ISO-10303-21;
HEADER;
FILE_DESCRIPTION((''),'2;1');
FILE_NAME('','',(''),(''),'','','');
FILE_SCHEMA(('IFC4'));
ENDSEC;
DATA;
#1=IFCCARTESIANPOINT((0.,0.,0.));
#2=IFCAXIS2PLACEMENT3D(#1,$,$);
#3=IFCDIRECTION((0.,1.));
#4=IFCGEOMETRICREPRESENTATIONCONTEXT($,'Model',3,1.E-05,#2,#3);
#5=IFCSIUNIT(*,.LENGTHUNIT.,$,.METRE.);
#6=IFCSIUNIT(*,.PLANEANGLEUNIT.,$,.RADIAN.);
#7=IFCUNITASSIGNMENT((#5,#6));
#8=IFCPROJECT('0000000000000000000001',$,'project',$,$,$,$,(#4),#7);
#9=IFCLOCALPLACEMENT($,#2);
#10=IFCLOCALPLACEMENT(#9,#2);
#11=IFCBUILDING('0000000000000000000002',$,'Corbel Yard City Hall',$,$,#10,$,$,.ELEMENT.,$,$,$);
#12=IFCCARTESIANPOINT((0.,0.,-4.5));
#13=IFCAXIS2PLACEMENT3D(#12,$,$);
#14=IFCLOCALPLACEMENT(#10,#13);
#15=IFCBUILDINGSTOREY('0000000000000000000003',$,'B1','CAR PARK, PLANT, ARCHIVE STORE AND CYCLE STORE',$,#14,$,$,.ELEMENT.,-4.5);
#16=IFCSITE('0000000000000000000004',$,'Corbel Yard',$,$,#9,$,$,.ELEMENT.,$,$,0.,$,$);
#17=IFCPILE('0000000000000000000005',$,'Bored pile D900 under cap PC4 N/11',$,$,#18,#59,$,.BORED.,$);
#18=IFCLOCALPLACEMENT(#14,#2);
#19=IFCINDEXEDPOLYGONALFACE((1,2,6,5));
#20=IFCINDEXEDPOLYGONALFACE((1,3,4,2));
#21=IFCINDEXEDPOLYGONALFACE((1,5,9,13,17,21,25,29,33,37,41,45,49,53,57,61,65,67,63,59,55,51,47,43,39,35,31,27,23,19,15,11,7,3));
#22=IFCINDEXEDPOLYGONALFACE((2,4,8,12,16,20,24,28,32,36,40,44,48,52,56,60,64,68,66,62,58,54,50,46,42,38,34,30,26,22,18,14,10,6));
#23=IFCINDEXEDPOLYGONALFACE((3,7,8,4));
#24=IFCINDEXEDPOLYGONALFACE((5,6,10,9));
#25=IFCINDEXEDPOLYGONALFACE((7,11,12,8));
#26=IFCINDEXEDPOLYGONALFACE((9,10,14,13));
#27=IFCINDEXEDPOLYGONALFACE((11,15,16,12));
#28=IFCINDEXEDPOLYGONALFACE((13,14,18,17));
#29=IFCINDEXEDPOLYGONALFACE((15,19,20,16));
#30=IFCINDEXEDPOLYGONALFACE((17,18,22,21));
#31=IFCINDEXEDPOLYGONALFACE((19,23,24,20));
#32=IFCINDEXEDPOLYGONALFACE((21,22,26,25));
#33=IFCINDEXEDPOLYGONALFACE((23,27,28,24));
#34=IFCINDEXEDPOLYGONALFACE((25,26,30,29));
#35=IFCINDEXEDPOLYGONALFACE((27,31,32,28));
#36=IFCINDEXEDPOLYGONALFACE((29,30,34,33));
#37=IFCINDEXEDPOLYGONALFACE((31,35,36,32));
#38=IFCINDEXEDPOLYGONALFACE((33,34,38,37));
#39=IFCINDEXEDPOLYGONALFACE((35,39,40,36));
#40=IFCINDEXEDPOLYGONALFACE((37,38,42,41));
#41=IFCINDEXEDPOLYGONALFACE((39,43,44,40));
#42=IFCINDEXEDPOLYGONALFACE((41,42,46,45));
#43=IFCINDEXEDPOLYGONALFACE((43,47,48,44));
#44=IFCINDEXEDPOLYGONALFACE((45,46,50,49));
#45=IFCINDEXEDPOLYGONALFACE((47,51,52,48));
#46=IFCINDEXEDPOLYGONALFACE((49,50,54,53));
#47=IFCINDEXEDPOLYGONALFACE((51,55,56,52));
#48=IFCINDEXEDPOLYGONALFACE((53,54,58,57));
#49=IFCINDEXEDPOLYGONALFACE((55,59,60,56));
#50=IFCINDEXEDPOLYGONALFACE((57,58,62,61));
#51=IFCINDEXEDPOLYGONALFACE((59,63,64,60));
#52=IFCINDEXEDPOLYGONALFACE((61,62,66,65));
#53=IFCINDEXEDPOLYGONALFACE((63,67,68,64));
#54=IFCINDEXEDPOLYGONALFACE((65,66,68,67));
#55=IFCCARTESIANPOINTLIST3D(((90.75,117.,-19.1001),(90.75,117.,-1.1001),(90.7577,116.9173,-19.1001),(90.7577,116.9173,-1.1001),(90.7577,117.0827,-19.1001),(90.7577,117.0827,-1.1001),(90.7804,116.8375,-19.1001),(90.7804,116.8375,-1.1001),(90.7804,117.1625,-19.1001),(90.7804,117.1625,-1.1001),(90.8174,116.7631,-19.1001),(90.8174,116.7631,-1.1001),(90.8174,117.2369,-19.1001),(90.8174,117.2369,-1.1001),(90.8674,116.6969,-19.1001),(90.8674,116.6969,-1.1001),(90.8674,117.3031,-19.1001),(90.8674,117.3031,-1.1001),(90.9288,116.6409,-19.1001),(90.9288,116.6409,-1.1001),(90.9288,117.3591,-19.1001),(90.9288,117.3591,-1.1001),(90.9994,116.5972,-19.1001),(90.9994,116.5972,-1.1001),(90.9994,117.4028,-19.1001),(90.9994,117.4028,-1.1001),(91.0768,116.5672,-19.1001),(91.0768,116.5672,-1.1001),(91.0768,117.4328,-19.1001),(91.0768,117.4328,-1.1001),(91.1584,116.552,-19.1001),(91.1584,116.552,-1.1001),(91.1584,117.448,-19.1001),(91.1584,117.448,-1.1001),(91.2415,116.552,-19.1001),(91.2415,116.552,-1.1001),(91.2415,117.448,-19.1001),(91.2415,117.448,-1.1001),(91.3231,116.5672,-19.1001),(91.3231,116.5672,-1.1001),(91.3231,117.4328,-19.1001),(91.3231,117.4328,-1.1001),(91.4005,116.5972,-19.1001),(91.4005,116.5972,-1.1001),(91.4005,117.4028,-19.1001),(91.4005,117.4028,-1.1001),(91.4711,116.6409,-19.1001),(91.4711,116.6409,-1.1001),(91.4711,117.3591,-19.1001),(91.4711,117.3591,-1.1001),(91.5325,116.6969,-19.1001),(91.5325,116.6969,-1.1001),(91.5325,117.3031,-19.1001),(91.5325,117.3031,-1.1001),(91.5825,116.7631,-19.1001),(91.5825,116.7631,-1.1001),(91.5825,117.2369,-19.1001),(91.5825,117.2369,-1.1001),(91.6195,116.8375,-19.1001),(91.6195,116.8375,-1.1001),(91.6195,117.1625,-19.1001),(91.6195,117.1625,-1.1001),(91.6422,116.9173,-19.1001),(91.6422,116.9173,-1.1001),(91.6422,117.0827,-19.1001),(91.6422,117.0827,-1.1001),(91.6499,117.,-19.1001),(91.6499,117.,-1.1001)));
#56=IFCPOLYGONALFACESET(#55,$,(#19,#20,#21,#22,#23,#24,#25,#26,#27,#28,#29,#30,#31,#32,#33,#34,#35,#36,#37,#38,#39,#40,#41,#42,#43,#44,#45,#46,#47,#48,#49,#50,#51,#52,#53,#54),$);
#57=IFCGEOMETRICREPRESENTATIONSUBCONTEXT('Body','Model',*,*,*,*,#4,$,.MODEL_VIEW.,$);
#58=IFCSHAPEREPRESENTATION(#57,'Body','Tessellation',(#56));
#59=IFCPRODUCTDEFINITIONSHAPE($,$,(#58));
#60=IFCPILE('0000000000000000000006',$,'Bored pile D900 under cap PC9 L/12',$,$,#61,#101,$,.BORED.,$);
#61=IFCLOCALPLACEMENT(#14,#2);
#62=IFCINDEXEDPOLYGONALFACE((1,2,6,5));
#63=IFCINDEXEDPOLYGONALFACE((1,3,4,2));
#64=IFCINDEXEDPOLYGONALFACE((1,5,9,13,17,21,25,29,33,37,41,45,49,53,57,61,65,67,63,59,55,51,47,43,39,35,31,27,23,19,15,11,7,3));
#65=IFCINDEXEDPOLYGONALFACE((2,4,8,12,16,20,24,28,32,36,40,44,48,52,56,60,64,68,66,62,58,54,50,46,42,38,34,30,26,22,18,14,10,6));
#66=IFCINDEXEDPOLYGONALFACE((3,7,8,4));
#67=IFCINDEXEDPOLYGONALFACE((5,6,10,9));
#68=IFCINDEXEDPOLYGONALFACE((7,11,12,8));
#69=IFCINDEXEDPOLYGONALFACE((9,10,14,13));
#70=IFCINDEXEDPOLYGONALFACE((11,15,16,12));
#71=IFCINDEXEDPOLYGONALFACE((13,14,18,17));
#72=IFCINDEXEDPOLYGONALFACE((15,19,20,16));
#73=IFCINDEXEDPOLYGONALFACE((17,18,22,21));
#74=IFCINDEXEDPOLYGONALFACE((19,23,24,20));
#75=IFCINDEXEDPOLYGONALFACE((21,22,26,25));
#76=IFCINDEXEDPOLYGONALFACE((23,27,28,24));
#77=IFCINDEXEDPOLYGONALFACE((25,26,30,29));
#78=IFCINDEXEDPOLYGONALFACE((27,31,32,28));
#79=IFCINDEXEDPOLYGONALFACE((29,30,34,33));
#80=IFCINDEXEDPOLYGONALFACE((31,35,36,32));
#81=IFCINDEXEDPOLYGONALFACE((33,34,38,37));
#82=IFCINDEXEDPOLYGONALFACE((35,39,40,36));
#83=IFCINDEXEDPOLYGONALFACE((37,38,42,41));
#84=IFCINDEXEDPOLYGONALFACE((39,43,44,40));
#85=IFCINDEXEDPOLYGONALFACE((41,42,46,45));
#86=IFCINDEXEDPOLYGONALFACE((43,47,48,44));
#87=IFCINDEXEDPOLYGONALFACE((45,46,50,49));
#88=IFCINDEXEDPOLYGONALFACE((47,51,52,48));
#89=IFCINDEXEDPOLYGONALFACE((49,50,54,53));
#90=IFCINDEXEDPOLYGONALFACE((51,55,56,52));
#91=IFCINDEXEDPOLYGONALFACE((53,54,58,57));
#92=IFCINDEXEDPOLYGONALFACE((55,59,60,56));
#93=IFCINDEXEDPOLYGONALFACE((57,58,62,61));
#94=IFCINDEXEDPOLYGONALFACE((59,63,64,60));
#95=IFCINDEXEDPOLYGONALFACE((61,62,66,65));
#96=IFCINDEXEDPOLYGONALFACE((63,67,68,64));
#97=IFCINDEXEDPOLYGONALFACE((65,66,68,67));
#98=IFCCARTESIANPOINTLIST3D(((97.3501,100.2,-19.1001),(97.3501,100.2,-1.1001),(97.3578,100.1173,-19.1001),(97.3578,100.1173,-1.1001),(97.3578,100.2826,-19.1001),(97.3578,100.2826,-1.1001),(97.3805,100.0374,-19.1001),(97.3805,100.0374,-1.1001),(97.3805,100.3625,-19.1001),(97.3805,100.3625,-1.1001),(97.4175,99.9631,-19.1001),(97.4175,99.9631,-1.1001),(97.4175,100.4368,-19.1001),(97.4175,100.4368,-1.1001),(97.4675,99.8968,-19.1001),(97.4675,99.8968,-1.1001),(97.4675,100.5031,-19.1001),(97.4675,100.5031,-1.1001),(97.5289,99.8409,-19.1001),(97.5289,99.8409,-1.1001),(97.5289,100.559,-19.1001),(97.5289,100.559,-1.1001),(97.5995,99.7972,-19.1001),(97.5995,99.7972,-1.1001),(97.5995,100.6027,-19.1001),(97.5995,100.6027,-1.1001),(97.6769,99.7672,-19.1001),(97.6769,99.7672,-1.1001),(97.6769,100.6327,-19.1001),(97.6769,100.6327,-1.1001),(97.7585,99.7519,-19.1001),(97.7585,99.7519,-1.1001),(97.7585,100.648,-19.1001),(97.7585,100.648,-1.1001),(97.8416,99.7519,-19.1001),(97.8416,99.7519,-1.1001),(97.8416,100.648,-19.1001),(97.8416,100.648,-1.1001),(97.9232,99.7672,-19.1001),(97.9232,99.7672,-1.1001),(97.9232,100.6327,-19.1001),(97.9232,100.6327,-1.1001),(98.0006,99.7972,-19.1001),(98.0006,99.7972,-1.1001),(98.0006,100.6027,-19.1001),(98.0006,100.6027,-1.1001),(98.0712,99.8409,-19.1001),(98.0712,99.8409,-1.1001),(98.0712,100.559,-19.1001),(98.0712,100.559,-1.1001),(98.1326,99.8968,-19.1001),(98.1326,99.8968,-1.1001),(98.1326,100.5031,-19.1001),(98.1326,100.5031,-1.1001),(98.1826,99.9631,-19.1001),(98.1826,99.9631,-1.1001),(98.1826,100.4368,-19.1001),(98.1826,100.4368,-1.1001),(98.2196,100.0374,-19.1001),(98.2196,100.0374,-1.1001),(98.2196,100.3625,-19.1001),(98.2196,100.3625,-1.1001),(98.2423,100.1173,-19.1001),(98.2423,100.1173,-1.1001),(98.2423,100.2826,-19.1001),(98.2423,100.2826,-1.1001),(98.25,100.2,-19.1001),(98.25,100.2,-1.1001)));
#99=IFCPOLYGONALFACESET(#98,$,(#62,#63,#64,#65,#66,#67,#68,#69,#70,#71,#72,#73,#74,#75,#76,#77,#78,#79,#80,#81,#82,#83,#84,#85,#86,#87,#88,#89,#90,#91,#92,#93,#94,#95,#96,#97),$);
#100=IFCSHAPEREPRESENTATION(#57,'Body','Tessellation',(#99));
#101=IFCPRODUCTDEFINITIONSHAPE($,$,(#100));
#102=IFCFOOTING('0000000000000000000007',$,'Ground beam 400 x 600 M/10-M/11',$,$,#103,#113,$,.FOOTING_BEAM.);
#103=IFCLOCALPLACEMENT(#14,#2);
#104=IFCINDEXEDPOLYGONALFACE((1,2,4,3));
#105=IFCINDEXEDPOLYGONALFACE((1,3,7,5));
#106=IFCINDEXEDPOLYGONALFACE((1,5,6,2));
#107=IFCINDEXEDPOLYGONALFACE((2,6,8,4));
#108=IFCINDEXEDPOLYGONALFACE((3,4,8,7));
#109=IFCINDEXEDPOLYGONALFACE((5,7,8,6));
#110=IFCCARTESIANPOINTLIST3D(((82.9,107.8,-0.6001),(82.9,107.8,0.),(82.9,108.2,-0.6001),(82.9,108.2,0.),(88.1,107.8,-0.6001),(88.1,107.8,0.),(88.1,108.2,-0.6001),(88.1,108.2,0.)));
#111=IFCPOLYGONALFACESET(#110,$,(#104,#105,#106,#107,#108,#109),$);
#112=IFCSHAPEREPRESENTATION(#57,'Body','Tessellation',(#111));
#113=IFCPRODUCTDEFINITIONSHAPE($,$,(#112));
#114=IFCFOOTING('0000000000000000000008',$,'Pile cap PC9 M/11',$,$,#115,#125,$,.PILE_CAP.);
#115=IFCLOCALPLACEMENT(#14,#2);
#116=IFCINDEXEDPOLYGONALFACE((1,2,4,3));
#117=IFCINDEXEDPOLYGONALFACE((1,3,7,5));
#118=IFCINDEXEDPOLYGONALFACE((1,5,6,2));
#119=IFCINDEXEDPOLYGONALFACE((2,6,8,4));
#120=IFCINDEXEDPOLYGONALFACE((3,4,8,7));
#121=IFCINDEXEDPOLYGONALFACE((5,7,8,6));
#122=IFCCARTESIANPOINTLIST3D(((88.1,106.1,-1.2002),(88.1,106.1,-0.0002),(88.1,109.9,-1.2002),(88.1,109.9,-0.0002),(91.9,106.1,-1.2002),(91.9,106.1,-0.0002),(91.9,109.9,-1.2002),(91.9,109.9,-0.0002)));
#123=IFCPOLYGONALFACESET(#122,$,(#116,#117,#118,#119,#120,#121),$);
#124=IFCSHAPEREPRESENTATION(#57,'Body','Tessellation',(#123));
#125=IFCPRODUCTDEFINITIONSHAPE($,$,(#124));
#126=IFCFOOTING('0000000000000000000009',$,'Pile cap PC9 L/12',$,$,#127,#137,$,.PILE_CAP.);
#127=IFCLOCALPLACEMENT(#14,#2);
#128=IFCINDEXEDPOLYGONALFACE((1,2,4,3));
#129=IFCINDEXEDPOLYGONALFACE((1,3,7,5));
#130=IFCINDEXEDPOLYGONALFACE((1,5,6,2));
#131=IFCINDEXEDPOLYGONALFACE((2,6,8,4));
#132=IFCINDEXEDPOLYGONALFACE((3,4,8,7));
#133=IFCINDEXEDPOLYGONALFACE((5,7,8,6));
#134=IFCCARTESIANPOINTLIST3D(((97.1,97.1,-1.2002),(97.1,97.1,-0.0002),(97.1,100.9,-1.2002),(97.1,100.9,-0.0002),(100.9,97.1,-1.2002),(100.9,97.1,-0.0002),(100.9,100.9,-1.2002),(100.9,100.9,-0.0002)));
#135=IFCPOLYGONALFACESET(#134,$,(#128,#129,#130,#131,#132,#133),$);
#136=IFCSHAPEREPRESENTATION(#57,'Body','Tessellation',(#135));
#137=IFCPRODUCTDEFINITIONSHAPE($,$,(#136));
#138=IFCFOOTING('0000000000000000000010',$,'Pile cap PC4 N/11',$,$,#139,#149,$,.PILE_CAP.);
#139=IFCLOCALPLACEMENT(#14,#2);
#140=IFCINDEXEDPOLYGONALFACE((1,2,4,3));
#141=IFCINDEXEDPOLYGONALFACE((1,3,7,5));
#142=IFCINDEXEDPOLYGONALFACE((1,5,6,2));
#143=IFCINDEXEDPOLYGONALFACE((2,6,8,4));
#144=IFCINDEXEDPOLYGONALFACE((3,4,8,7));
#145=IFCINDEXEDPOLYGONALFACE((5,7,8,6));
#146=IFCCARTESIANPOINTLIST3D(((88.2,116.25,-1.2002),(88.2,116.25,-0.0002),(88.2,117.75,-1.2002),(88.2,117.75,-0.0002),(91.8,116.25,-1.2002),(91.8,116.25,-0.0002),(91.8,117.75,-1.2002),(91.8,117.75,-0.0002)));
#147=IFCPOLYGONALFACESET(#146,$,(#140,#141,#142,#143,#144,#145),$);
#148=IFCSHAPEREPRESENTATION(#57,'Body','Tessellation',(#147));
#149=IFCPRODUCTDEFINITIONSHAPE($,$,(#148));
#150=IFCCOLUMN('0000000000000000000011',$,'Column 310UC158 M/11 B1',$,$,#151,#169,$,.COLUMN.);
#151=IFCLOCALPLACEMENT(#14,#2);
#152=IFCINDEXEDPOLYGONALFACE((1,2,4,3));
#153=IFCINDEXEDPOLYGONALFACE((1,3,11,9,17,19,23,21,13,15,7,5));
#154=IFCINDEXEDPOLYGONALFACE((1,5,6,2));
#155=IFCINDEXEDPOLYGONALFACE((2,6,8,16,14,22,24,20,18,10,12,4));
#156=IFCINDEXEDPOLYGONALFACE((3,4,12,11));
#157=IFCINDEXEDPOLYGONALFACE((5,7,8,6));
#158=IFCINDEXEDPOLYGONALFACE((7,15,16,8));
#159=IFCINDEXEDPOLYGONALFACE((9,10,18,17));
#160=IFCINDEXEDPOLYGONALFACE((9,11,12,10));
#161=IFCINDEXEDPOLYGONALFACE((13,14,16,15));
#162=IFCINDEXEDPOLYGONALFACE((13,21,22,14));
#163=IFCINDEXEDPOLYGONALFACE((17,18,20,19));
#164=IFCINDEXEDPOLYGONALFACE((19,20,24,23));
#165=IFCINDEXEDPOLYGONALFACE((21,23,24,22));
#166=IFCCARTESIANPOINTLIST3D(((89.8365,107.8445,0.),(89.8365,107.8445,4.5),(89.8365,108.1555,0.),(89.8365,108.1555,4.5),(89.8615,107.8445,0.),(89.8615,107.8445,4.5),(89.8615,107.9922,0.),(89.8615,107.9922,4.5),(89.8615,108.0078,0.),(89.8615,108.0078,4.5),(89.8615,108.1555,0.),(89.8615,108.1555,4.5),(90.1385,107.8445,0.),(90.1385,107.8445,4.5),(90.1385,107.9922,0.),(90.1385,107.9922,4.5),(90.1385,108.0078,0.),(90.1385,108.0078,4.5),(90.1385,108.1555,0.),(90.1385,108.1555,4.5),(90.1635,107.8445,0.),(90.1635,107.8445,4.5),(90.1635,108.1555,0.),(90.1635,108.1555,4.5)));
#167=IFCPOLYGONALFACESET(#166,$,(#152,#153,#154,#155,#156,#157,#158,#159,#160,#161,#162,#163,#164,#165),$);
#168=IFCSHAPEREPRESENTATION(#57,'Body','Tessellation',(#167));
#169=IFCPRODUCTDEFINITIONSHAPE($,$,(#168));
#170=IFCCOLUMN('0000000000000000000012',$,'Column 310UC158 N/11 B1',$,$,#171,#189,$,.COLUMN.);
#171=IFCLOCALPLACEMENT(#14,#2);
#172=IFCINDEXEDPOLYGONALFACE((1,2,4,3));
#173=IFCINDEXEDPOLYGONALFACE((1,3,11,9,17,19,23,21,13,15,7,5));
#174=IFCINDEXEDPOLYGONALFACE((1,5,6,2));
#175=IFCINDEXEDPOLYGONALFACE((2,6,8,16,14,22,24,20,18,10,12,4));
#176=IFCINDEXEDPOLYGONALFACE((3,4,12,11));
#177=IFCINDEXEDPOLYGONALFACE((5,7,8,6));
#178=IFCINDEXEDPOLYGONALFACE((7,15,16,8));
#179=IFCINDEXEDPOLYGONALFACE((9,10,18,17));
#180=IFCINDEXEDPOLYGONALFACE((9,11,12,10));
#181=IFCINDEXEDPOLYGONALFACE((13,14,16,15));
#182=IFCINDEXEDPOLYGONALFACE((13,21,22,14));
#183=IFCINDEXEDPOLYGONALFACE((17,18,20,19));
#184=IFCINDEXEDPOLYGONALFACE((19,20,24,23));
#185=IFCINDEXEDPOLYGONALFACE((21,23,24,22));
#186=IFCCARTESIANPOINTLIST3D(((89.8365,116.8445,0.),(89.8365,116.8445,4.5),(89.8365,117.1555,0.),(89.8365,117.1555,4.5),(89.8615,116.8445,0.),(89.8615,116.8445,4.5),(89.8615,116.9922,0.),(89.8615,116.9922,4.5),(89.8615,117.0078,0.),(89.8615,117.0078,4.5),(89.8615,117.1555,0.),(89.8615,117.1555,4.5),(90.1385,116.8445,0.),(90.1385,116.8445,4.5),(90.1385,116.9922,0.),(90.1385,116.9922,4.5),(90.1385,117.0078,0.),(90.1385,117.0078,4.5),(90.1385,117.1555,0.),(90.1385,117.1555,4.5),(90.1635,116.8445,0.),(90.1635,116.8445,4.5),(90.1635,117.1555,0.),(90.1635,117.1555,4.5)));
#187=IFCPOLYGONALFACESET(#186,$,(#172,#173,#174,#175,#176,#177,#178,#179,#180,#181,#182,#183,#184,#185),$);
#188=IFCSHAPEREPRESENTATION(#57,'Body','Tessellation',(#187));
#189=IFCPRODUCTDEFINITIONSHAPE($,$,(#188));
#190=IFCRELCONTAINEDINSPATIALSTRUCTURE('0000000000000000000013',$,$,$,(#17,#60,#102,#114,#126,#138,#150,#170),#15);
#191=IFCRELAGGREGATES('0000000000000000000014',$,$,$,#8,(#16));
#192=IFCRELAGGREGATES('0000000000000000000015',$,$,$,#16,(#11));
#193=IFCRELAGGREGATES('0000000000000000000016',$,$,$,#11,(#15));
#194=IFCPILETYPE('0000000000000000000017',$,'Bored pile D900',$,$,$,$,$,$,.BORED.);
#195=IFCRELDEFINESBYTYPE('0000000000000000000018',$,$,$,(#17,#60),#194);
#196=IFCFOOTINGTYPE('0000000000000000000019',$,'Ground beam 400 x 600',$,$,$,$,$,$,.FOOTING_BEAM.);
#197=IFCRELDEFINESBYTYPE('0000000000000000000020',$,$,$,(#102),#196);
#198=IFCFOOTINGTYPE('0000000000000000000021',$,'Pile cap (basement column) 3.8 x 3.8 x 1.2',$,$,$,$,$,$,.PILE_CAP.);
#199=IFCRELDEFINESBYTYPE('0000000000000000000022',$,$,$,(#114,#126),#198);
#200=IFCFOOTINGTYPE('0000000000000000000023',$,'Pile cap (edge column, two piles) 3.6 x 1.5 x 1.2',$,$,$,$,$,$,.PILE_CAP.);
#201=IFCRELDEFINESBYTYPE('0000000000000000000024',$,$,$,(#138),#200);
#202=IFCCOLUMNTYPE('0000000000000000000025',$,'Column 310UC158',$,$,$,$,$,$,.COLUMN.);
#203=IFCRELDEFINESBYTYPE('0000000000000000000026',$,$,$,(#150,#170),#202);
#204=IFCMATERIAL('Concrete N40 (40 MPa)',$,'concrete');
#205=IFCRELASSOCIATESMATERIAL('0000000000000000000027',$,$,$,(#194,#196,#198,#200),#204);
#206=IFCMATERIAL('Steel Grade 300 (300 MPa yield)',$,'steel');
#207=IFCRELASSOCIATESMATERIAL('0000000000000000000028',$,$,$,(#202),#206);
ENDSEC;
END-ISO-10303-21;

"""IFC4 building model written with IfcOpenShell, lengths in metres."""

from ifc_helpers import new_model, si_unit, direction, frame, origin, origin_2d, place, context, subcontext, project, spatial, rectangle, circle, i_section, extrude, material, material_profile, profile_set, type_object, element, save


model = new_model("IFC4")

# Units and contexts
model_context = context("Model", 3, precision=1e-05, world=origin(), true_north=direction((0.0, 1.0)))
body_context = subcontext(model_context, "Body", "Model", "MODEL_VIEW")
ifc_project = project(units=[si_unit("LENGTHUNIT", "METRE"), si_unit("PLANEANGLEUNIT", "RADIAN")], contexts=[model_context])

# Site, building, storey
site_placement = place(None, origin())
site = spatial("IfcSite", under=ifc_project, at=site_placement, Name="Corbel Yard", CompositionType="ELEMENT", RefElevation=0.0)
building_placement = place(site_placement, origin())
building = spatial("IfcBuilding", under=site, at=building_placement, Name="Corbel Yard City Hall", CompositionType="ELEMENT")
storey_placement = place(building_placement, frame((0.0, 0.0, -4.5)))
storey = spatial("IfcBuildingStorey", under=building, at=storey_placement, Name="B1", Description="CAR PARK, PLANT, ARCHIVE STORE AND CYCLE STORE", CompositionType="ELEMENT", Elevation=-4.5)

# Piles
ifc_material_1 = material(Name="Concrete N40 (40 MPa)", Category="concrete")
ifc_material_profile_1 = material_profile(ifc_material_1, circle(Radius=0.45, at=origin_2d()), Name="D900")
ifc_profile_set_1 = profile_set([ifc_material_profile_1], Name="Concrete N40 (40 MPa)")
pile_type_1 = type_object("IfcPileType", Name="Bored pile D900", PredefinedType="BORED", material=ifc_profile_set_1)
for number, where, z_axis, x_axis, name in (
    (1, (91.2, 117.0, -1.1001), (0.0, 0.0, -1.0), (1.0, 0.0, 0.0), "Bored pile D900 under cap PC4 N/11"),
    (2, (97.8, 100.2, -1.1001), (0.0, 0.0, -1.0), (1.0, 0.0, 0.0), "Bored pile D900 under cap PC9 L/12"),
):
    element("IfcPile", number, at=place(storey_placement, frame(where, z_axis=z_axis, x_axis=x_axis)), inside=storey, type_object=pile_type_1, Name=name, PredefinedType="BORED", context=body_context, shape_type="SweptSolid", body=[
        extrude(circle(Radius=0.45, at=origin_2d()), origin(), (0.0, 0.0, 1.0), 18.0),
    ])

# Footings
footing_type_1 = type_object("IfcFootingType", Name="Ground beam 400 x 600", PredefinedType="FOOTING_BEAM", material=ifc_material_1)
footing_1_placement = place(storey_placement, frame((85.5, 108.0, -0.6001), z_axis=(0.0, 0.0, 1.0), x_axis=(1.0, 0.0, 0.0)))
element("IfcFooting", 3, at=footing_1_placement, inside=storey, type_object=footing_type_1, Name="Ground beam 400 x 600 M/10-M/11", PredefinedType="FOOTING_BEAM", context=body_context, shape_type="SweptSolid", body=[
    extrude(rectangle(XDim=5.2, YDim=0.3999, at=origin_2d()), origin(), (0.0, 0.0, 1.0), 0.6001),
])
footing_type_2 = type_object("IfcFootingType", Name="Pile cap (basement column) 3.8 x 3.8 x 1.2", PredefinedType="PILE_CAP", material=ifc_material_1)
for number, where, z_axis, x_axis, name in (
    (4, (90.0, 108.0, -1.2002), (0.0, 0.0, 1.0), (1.0, 0.0, 0.0), "Pile cap PC9 M/11"),
    (5, (99.0, 99.0, -1.2002), (0.0, 0.0, 1.0), (1.0, 0.0, 0.0), "Pile cap PC9 L/12"),
):
    element("IfcFooting", number, at=place(storey_placement, frame(where, z_axis=z_axis, x_axis=x_axis)), inside=storey, type_object=footing_type_2, Name=name, PredefinedType="PILE_CAP", context=body_context, shape_type="SweptSolid", body=[
        extrude(rectangle(XDim=3.8, YDim=3.8, at=origin_2d()), origin(), (0.0, 0.0, 1.0), 1.2),
    ])
footing_type_3 = type_object("IfcFootingType", Name="Pile cap (edge column, two piles) 3.6 x 1.5 x 1.2", PredefinedType="PILE_CAP", material=ifc_material_1)
footing_2_placement = place(storey_placement, frame((90.0, 117.0, -1.2002), z_axis=(0.0, 0.0, 1.0), x_axis=(1.0, 0.0, 0.0)))
element("IfcFooting", 6, at=footing_2_placement, inside=storey, type_object=footing_type_3, Name="Pile cap PC4 N/11", PredefinedType="PILE_CAP", context=body_context, shape_type="SweptSolid", body=[
    extrude(rectangle(XDim=3.6001, YDim=1.5, at=origin_2d()), origin(), (0.0, 0.0, 1.0), 1.2),
])

# Columns
ifc_material_2 = material(Name="Steel Grade 300 (300 MPa yield)", Category="steel")
ifc_material_profile_2 = material_profile(ifc_material_2, i_section(OverallWidth=0.311, OverallDepth=0.3269, WebThickness=0.0156, FlangeThickness=0.0249, at=origin_2d()), Name="310UC158")
ifc_profile_set_2 = profile_set([ifc_material_profile_2], Name="Steel Grade 300 (300 MPa yield)")
column_type = type_object("IfcColumnType", Name="Column 310UC158", PredefinedType="COLUMN", material=ifc_profile_set_2)
for number, where, z_axis, x_axis, name in (
    (7, (90.0, 108.0, 0.0), (0.0, 0.0, 1.0), (0.0, 1.0, 0.0), "Column 310UC158 M/11 B1"),
    (8, (90.0, 117.0, 0.0), (0.0, 0.0, 1.0), (0.0, 1.0, 0.0), "Column 310UC158 N/11 B1"),
):
    element("IfcColumn", number, at=place(storey_placement, frame(where, z_axis=z_axis, x_axis=x_axis)), inside=storey, type_object=column_type, Name=name, PredefinedType="COLUMN", context=body_context, shape_type="SweptSolid", body=[
        extrude(i_section(OverallWidth=0.311, OverallDepth=0.3269, WebThickness=0.0156, FlangeThickness=0.0249, at=origin_2d()), origin(), (0.0, 0.0, 1.0), 4.5),
    ])

save(model, "model.ifc")
